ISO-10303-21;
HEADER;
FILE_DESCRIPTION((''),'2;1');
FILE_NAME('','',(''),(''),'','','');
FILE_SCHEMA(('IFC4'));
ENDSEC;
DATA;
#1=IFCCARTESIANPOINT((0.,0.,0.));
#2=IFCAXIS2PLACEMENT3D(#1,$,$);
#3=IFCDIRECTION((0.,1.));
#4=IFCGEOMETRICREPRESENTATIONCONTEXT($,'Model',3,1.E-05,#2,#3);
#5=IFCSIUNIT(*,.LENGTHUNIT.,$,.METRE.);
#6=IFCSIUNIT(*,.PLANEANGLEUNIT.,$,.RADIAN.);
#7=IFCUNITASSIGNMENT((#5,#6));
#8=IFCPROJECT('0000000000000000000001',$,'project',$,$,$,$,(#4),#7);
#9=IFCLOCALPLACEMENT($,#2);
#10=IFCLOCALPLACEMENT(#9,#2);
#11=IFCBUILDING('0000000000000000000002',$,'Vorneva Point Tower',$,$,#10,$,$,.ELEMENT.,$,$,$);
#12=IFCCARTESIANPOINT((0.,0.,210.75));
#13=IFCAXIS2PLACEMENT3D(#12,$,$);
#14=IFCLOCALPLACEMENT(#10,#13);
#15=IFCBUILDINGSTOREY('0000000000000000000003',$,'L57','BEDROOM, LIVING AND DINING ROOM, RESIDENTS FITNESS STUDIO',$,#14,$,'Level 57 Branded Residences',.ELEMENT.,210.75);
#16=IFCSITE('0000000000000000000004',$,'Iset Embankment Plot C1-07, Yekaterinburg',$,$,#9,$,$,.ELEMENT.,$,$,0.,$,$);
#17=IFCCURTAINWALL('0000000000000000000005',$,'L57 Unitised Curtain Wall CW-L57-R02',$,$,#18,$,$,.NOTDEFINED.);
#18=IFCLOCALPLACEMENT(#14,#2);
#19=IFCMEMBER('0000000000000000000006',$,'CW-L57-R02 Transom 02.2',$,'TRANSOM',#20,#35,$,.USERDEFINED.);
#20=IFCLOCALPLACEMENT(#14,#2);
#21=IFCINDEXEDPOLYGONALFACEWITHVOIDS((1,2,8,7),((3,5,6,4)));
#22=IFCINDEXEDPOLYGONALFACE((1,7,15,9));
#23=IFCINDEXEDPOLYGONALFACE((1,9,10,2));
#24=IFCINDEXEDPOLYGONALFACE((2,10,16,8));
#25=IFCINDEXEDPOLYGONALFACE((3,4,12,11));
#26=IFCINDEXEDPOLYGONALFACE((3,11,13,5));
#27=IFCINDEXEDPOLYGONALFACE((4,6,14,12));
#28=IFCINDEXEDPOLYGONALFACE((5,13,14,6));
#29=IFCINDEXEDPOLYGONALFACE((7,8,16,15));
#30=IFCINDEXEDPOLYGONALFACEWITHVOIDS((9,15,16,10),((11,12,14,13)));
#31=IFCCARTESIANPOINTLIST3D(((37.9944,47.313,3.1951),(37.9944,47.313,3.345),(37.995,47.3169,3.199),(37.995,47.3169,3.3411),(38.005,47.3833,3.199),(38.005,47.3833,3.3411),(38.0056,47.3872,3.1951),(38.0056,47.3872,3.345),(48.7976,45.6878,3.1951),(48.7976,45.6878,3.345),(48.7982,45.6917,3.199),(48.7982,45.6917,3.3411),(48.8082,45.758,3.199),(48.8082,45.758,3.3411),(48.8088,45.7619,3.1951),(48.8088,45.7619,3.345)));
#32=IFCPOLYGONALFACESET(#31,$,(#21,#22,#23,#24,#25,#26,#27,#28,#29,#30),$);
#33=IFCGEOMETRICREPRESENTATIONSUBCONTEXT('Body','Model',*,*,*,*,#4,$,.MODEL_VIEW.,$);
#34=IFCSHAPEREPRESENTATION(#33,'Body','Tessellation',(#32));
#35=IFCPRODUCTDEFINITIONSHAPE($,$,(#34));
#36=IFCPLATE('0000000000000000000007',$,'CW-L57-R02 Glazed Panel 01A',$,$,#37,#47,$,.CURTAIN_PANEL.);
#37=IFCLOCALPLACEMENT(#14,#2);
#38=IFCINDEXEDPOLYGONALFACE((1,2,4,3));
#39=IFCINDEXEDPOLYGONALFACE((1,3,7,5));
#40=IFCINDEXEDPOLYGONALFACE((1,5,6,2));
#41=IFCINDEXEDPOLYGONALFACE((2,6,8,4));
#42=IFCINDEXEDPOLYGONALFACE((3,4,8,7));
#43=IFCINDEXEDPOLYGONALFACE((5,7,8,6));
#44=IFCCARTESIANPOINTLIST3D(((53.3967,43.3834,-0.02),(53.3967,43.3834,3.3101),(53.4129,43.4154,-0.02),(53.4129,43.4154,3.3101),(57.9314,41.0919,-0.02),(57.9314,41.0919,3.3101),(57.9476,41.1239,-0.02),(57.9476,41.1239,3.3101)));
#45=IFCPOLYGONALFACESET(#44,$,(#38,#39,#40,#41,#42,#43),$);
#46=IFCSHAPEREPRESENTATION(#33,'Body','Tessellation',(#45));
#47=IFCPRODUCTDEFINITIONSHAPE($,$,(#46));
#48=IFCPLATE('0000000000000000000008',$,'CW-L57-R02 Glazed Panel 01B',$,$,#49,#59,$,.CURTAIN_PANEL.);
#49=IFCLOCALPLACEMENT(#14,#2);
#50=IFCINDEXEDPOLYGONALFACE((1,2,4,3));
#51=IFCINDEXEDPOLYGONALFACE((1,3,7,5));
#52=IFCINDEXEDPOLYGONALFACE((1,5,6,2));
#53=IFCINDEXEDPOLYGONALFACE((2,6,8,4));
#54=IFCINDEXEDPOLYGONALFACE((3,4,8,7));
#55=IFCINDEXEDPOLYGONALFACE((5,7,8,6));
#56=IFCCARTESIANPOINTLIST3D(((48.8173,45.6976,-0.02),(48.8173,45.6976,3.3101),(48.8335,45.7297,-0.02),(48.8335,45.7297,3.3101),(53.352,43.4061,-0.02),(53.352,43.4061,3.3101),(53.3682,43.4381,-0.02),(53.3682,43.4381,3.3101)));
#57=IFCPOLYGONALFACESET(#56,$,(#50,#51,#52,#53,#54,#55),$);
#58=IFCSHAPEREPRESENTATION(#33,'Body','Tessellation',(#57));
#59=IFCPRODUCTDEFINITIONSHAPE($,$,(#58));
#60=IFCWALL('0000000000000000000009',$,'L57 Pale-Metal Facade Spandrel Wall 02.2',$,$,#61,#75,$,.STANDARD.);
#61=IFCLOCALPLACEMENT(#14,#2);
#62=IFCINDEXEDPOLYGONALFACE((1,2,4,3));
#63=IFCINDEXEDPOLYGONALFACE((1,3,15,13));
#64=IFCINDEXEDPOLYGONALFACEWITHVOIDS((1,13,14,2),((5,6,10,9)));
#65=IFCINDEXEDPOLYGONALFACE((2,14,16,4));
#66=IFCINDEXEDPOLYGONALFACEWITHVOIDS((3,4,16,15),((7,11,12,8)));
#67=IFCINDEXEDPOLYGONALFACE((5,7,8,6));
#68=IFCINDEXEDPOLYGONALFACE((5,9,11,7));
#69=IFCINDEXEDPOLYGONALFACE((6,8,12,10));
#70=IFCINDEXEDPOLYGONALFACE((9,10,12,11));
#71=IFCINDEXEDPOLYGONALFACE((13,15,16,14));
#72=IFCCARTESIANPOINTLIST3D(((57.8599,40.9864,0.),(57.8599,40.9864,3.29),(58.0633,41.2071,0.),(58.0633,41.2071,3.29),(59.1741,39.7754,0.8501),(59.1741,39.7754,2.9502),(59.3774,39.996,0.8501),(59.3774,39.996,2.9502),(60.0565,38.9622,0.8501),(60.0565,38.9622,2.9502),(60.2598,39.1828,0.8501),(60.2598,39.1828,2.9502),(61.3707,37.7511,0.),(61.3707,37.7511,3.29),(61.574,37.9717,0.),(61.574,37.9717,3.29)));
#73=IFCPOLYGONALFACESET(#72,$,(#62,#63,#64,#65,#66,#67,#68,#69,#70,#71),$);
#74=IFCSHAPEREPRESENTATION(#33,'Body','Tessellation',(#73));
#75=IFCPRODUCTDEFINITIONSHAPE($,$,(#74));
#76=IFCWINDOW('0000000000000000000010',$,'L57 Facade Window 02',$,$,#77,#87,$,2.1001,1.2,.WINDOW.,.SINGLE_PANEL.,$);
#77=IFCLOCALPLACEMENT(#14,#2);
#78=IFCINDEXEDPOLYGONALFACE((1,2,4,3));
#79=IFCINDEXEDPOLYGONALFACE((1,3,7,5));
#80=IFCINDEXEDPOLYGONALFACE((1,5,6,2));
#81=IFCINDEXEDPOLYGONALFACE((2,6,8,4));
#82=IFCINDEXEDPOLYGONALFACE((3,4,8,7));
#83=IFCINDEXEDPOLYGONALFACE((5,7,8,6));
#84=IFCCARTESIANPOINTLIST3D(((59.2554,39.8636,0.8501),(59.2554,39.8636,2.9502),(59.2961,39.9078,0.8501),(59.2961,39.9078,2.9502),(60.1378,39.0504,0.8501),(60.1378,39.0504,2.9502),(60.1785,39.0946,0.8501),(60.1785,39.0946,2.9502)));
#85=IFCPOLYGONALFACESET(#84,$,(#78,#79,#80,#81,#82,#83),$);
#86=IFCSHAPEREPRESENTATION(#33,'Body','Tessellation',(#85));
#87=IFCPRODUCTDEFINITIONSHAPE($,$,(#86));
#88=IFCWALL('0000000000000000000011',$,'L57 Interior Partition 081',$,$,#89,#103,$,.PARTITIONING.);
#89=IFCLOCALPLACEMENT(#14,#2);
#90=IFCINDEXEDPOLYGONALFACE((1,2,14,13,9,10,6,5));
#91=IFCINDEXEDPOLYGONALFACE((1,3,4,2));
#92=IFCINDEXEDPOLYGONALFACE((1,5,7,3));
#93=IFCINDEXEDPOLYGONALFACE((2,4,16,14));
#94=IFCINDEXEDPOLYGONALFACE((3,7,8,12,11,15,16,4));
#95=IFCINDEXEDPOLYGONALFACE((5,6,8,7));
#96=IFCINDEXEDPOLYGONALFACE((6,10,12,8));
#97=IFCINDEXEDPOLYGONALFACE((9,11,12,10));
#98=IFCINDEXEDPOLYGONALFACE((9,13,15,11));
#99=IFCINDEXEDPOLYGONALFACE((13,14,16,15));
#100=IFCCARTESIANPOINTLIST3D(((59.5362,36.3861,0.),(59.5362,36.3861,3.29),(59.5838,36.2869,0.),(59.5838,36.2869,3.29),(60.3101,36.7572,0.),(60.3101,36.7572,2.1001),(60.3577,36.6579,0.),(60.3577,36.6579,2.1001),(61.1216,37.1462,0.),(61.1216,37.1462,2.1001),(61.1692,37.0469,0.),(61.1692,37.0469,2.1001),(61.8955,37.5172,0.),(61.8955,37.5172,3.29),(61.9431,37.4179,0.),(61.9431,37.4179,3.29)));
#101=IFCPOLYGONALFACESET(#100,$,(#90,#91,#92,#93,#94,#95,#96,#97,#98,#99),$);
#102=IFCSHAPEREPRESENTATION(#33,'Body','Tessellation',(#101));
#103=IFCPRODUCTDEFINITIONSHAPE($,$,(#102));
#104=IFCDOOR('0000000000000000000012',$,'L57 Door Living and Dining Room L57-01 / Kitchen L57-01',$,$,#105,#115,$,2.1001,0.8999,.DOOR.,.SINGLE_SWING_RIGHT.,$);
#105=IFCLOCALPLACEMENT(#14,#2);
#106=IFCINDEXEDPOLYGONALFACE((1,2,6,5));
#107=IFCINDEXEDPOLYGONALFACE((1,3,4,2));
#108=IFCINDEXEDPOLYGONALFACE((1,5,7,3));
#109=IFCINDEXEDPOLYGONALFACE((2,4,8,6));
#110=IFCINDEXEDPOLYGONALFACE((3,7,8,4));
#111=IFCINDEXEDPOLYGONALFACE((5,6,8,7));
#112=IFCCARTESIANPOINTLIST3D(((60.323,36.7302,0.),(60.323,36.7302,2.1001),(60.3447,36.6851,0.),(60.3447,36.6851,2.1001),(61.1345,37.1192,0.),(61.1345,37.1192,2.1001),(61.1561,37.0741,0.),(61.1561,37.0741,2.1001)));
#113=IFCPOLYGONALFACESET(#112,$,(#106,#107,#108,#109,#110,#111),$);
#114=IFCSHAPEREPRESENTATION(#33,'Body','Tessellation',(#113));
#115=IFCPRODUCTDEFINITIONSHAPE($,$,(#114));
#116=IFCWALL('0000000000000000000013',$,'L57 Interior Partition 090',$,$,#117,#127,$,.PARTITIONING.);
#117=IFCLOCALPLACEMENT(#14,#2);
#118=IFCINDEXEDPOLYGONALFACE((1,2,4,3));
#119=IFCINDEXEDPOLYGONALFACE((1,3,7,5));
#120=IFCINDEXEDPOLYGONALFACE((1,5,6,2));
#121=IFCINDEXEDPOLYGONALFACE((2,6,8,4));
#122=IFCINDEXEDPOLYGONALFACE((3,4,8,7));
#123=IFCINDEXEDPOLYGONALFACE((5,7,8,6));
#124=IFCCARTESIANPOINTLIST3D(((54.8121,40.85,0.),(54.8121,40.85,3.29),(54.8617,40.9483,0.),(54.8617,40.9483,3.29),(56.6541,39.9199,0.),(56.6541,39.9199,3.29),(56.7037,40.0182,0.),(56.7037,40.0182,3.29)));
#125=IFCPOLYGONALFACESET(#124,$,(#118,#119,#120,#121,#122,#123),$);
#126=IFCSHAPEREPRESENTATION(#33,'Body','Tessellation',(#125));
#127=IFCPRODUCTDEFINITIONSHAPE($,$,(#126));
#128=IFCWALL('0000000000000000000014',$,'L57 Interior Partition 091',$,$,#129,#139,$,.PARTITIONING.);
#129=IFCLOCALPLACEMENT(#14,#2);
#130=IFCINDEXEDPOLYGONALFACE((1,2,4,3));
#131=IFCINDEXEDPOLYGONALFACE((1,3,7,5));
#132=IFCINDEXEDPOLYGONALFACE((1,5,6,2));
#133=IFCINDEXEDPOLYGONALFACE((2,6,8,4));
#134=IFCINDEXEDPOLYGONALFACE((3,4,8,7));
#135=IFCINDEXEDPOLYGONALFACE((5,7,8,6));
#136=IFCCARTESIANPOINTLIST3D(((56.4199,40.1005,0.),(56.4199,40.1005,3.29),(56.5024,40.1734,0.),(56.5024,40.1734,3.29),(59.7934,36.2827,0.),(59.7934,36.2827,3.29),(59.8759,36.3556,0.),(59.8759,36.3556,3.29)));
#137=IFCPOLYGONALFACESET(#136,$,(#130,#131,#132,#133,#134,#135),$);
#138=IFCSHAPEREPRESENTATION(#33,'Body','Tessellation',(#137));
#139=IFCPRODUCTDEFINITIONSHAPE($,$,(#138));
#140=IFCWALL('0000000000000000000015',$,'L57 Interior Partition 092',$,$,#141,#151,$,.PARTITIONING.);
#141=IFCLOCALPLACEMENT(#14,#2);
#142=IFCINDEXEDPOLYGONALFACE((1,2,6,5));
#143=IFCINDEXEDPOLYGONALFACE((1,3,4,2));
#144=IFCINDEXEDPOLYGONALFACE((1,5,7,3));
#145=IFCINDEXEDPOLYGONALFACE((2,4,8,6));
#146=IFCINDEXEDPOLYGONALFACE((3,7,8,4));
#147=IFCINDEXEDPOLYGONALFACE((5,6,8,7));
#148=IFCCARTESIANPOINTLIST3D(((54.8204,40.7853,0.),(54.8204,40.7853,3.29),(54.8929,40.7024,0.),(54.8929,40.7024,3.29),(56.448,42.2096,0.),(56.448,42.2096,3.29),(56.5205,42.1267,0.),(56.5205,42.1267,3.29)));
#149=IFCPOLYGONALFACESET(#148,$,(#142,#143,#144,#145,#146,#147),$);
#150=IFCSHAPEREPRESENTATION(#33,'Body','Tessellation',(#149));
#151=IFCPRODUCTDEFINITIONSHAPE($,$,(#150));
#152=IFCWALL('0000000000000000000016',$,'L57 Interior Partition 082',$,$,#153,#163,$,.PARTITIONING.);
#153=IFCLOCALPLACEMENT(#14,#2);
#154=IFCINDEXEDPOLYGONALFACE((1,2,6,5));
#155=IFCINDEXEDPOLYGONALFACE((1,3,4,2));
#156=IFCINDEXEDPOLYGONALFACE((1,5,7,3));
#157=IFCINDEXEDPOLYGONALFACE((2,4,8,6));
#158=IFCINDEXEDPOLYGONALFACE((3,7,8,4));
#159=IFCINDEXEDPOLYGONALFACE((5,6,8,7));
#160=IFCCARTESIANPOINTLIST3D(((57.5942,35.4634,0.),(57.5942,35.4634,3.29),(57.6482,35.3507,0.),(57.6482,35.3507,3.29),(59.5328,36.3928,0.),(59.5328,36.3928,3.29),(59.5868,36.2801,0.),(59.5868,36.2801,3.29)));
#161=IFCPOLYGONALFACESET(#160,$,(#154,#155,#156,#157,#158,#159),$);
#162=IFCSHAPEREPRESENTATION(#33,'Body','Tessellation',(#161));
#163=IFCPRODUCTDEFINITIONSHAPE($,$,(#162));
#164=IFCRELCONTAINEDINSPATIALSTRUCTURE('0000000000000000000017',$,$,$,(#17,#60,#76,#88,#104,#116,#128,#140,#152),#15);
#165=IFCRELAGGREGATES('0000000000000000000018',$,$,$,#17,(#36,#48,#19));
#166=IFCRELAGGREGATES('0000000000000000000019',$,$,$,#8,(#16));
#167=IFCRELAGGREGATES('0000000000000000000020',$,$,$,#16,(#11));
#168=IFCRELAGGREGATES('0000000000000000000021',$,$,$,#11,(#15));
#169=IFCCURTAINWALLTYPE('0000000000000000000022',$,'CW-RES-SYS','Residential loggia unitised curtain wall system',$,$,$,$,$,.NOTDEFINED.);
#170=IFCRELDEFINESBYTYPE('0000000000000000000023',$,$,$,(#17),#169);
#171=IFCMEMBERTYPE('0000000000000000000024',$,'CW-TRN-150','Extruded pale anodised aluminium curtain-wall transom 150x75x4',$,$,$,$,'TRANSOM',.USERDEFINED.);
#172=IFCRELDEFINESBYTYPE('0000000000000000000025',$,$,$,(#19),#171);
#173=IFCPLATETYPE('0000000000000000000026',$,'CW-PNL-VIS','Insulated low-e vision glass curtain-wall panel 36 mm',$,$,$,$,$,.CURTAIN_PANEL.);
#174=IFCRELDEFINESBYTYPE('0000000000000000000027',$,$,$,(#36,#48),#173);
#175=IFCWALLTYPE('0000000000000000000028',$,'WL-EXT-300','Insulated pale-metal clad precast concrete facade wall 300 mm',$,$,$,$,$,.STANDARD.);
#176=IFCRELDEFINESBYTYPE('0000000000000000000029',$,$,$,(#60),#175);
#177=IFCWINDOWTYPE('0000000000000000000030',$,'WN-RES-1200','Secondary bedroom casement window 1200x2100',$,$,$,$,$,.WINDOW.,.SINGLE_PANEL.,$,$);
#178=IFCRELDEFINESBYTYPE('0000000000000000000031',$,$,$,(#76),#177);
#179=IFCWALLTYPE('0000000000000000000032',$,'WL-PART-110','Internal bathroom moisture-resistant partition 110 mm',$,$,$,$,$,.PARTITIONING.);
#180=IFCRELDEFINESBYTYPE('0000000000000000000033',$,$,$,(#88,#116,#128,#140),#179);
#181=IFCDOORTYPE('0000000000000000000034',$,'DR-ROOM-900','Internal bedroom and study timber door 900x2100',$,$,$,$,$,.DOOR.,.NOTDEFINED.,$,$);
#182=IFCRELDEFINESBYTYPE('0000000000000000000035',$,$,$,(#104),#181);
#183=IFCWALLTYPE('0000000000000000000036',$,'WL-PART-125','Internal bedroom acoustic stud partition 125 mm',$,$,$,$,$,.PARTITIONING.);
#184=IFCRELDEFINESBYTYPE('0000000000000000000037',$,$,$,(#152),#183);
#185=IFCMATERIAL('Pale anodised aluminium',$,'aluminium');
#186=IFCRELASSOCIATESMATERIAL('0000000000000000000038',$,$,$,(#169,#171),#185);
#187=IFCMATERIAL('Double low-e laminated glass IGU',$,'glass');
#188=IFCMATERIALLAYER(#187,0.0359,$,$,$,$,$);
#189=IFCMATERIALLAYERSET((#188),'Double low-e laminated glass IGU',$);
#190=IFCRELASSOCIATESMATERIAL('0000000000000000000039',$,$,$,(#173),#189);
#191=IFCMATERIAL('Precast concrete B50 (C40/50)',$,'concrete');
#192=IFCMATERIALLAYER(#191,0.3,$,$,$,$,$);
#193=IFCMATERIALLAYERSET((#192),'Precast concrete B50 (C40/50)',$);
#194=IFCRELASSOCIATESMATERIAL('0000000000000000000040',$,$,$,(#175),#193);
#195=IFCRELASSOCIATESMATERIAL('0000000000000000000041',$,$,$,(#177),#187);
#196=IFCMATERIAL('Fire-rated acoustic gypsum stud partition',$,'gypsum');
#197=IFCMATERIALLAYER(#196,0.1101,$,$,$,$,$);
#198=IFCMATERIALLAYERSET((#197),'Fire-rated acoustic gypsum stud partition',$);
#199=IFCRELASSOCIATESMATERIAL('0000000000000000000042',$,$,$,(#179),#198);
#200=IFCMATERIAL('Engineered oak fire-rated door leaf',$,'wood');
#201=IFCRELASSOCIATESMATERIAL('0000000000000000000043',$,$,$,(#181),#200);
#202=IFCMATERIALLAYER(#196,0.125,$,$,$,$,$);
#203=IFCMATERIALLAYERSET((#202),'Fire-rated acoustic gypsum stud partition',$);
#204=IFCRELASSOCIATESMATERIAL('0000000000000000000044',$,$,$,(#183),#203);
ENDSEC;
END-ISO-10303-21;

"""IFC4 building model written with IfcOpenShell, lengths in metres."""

from ifc_helpers import new_model, si_unit, direction, frame, frame_2d, origin, origin_2d, place, context, subcontext, project, spatial, rectangle, hollow_rectangle, extrude, material, layer, layer_set, material_profile, profile_set, type_object, element, fill, aggregate, save


model = new_model("IFC4")

# Units and contexts
model_context = context("Model", 3, precision=1e-05, world=origin(), true_north=direction((0.0, 1.0)))
body_context = subcontext(model_context, "Body", "Model", "MODEL_VIEW")
ifc_project = project(units=[si_unit("LENGTHUNIT", "METRE"), si_unit("PLANEANGLEUNIT", "RADIAN")], contexts=[model_context])

# Site, building, storey
site_placement = place(None, origin())
site = spatial("IfcSite", under=ifc_project, at=site_placement, Name="Iset Embankment Plot C1-07, Yekaterinburg", CompositionType="ELEMENT", RefElevation=0.0)
building_placement = place(site_placement, origin())
building = spatial("IfcBuilding", under=site, at=building_placement, Name="Vorneva Point Tower", CompositionType="ELEMENT")
storey_placement = place(building_placement, frame((0.0, 0.0, 210.75)))
storey = spatial("IfcBuildingStorey", under=building, at=storey_placement, Name="L57", Description="BEDROOM, LIVING AND DINING ROOM, RESIDENTS FITNESS STUDIO", LongName="Level 57 Branded Residences", CompositionType="ELEMENT", Elevation=210.75)

# Curtain wall, member, plates
ifc_material_1 = material(Name="Pale anodised aluminium", Category="aluminium")
curtain_wall_type = type_object("IfcCurtainWallType", Name="CW-RES-SYS", Description="Residential loggia unitised curtain wall system", PredefinedType="NOTDEFINED", material=ifc_material_1)
curtain_wall_placement = place(storey_placement, origin())
curtain_wall = element("IfcCurtainWall", 1, at=curtain_wall_placement, inside=storey, type_object=curtain_wall_type, Name="L57 Unitised Curtain Wall CW-L57-R02", PredefinedType="NOTDEFINED")
ifc_material_profile_1 = material_profile(ifc_material_1, hollow_rectangle(XDim=0.075, YDim=0.1499, WallThickness=0.0039, at=origin_2d()), Name="AL-TRN 150x75x4")
ifc_profile_set_1 = profile_set([ifc_material_profile_1], Name="Pale anodised aluminium")
member_type_1 = type_object("IfcMemberType", Name="CW-TRN-150", Description="Extruded pale anodised aluminium curtain-wall transom 150x75x4", ElementType="TRANSOM", PredefinedType="USERDEFINED", material=ifc_profile_set_1)
member_1_placement = place(storey_placement, frame((48.8032, 45.7249, 3.27), z_axis=(-0.988872, 0.148767, 0.0), x_axis=(-0.148767, -0.988872, 0.0)))
member_1 = element("IfcMember", 2, at=member_1_placement, type_object=member_type_1, Name="CW-L57-R02 Transom 02.2", ObjectType="TRANSOM", PredefinedType="USERDEFINED", context=body_context, shape_type="SweptSolid", body=[
    extrude(hollow_rectangle(XDim=0.075, YDim=0.1499, WallThickness=0.0039, at=origin_2d()), origin(), (0.0, 0.0, 1.0), 10.9248),
])
ifc_material_2 = material(Name="Double low-e laminated glass IGU", Category="glass")
ifc_layer_1 = layer(ifc_material_2, 0.0359)
ifc_layer_set_1 = layer_set([ifc_layer_1], Name="Double low-e laminated glass IGU")
plate_type = type_object("IfcPlateType", Name="CW-PNL-VIS", Description="Insulated low-e vision glass curtain-wall panel 36 mm", PredefinedType="CURTAIN_PANEL", material=ifc_layer_set_1)
plate_1_placement = place(storey_placement, frame((55.6721, 42.2537, -0.02), z_axis=(0.0, 0.0, 1.0), x_axis=(-0.892515, 0.451018, 0.0)))
plate_1 = element("IfcPlate", 3, at=plate_1_placement, type_object=plate_type, Name="CW-L57-R02 Glazed Panel 01A", PredefinedType="CURTAIN_PANEL", context=body_context, shape_type="SweptSolid", body=[
    extrude(rectangle(XDim=5.0808, YDim=0.0359, at=origin_2d()), origin(), (0.0, 0.0, 1.0), 3.3301),
])
plate_2_placement = place(storey_placement, frame((51.0928, 44.5679, -0.02), z_axis=(0.0, 0.0, 1.0), x_axis=(-0.892515, 0.451018, 0.0)))
plate_2 = element("IfcPlate", 4, at=plate_2_placement, type_object=plate_type, Name="CW-L57-R02 Glazed Panel 01B", PredefinedType="CURTAIN_PANEL", context=body_context, shape_type="SweptSolid", body=[
    extrude(rectangle(XDim=5.0808, YDim=0.0359, at=origin_2d()), origin(), (0.0, 0.0, 1.0), 3.3301),
])
aggregate(curtain_wall, [plate_1, plate_2, member_1])

# Wall, opening, window
ifc_material_3 = material(Name="Precast concrete B50 (C40/50)", Category="concrete")
ifc_layer_2 = layer(ifc_material_3, 0.3)
ifc_layer_set_2 = layer_set([ifc_layer_2], Name="Precast concrete B50 (C40/50)")
wall_type_1 = type_object("IfcWallType", Name="WL-EXT-300", Description="Insulated pale-metal clad precast concrete facade wall 300 mm", PredefinedType="STANDARD", material=ifc_layer_set_2)
wall_1_placement = place(storey_placement, frame((61.4724, 37.8613, 0.0), z_axis=(0.0, 0.0, 1.0), x_axis=(-0.73536, 0.677677, 0.0)))
wall_1 = element("IfcWall", 5, at=wall_1_placement, inside=storey, type_object=wall_type_1, Name="L57 Pale-Metal Facade Spandrel Wall 02.2", PredefinedType="STANDARD", context=body_context, shape_type="SweptSolid", body=[
    extrude(rectangle(XDim=4.7742, YDim=0.3, at=frame_2d((2.3872, 0.0))), origin(), (0.0, 0.0, 1.0), 3.29),
])
opening_1_placement = place(wall_1_placement, frame((1.7871, 0.0, 0.8501)))
opening_1 = element("IfcOpeningElement", 6, at=opening_1_placement, cuts=wall_1, PredefinedType="OPENING", context=body_context, shape_type="SweptSolid", body=[
    extrude(rectangle(XDim=1.2, YDim=2.1001, at=frame_2d((0.6001, 1.05))), frame((0.0, 0.165, 0.0), z_axis=(0.0, -1.0, 0.0), x_axis=(1.0, 0.0, 0.0)), (0.0, 0.0, 1.0), 0.3298),
])
window_type = type_object("IfcWindowType", Name="WN-RES-1200", Description="Secondary bedroom casement window 1200x2100", PartitioningType="SINGLE_PANEL", PredefinedType="WINDOW", material=ifc_material_2)
window_placement = place(opening_1_placement, origin())
window = element("IfcWindow", 7, at=window_placement, inside=storey, type_object=window_type, Name="L57 Facade Window 02", OverallHeight=2.1001, OverallWidth=1.2, PartitioningType="SINGLE_PANEL", PredefinedType="WINDOW", context=body_context, shape_type="SweptSolid", body=[
    extrude(rectangle(XDim=1.2, YDim=2.1001, at=frame_2d((0.6001, 1.05))), frame((0.0, 0.03, 0.0), z_axis=(0.0, -1.0, 0.0), x_axis=(1.0, 0.0, 0.0)), (0.0, 0.0, 1.0), 0.0601),
])
fill(opening_1, window)

# Wall, opening, door
ifc_material_4 = material(Name="Fire-rated acoustic gypsum stud partition", Category="gypsum")
ifc_layer_3 = layer(ifc_material_4, 0.1101)
ifc_layer_set_3 = layer_set([ifc_layer_3], Name="Fire-rated acoustic gypsum stud partition")
wall_type_2 = type_object("IfcWallType", Name="WL-PART-110", Description="Internal bathroom moisture-resistant partition 110 mm", PredefinedType="PARTITIONING", material=ifc_layer_set_3)
wall_2_placement = place(storey_placement, frame((61.9192, 37.4675, 0.0), z_axis=(0.0, 0.0, 1.0), x_axis=(-0.901731, -0.432297, 0.0)))
wall_2 = element("IfcWall", 8, at=wall_2_placement, inside=storey, type_object=wall_type_2, Name="L57 Interior Partition 081", PredefinedType="PARTITIONING", context=body_context, shape_type="SweptSolid", body=[
    extrude(rectangle(XDim=2.6165, YDim=0.1101, at=frame_2d((1.3081, 0.0))), origin(), (0.0, 0.0, 1.0), 3.29),
])
opening_2_placement = place(wall_2_placement, frame((0.8582, 0.0, 0.0)))
opening_2 = element("IfcOpeningElement", 9, at=opening_2_placement, cuts=wall_2, PredefinedType="OPENING", context=body_context, shape_type="SweptSolid", body=[
    extrude(rectangle(XDim=0.8999, YDim=2.1001, at=frame_2d((0.45, 1.05))), frame((0.0, 0.0698, 0.0), z_axis=(0.0, -1.0, 0.0), x_axis=(1.0, 0.0, 0.0)), (0.0, 0.0, 1.0), 0.1399),
])
ifc_material_5 = material(Name="Engineered oak fire-rated door leaf", Category="wood")
door_type = type_object("IfcDoorType", Name="DR-ROOM-900", Description="Internal bedroom and study timber door 900x2100", OperationType="NOTDEFINED", PredefinedType="DOOR", material=ifc_material_5)
door_1_placement = place(opening_2_placement, origin())
door_1 = element("IfcDoor", 10, at=door_1_placement, inside=storey, type_object=door_type, Name="L57 Door Living and Dining Room L57-01 / Kitchen L57-01", OperationType="SINGLE_SWING_RIGHT", OverallHeight=2.1001, OverallWidth=0.8999, PredefinedType="DOOR", context=body_context, shape_type="SweptSolid", body=[
    extrude(rectangle(XDim=0.8999, YDim=2.1001, at=frame_2d((0.45, 1.05))), frame((0.0, 0.0249, 0.0), z_axis=(0.0, -1.0, 0.0), x_axis=(1.0, 0.0, 0.0)), (0.0, 0.0, 1.0), 0.05),
])
fill(opening_2, door_1)

# Walls
wall_3_placement = place(storey_placement, frame((54.8369, 40.8992, 0.0), z_axis=(0.0, 0.0, 1.0), x_axis=(0.892646, -0.450759, 0.0)))
element("IfcWall", 11, at=wall_3_placement, inside=storey, type_object=wall_type_2, Name="L57 Interior Partition 090", PredefinedType="PARTITIONING", context=body_context, shape_type="SweptSolid", body=[
    extrude(rectangle(XDim=2.0635, YDim=0.1101, at=frame_2d((1.0317, 0.0))), origin(), (0.0, 0.0, 1.0), 3.29),
])
wall_4_placement = place(storey_placement, frame((56.4612, 40.137, 0.0), z_axis=(0.0, 0.0, 1.0), x_axis=(0.662154, -0.749368, 0.0)))
element("IfcWall", 12, at=wall_4_placement, inside=storey, type_object=wall_type_2, Name="L57 Interior Partition 091", PredefinedType="PARTITIONING", context=body_context, shape_type="SweptSolid", body=[
    extrude(rectangle(XDim=5.0947, YDim=0.1101, at=frame_2d((2.5474, 0.0))), origin(), (0.0, 0.0, 1.0), 3.29),
])
wall_5_placement = place(storey_placement, frame((56.4844, 42.1682, 0.0), z_axis=(0.0, 0.0, 1.0), x_axis=(-0.752556, -0.658529, 0.0)))
element("IfcWall", 13, at=wall_5_placement, inside=storey, type_object=wall_type_2, Name="L57 Interior Partition 092", PredefinedType="PARTITIONING", context=body_context, shape_type="SweptSolid", body=[
    extrude(rectangle(XDim=2.1628, YDim=0.1101, at=frame_2d((1.0815, 0.0))), origin(), (0.0, 0.0, 1.0), 3.29),
])
ifc_layer_4 = layer(ifc_material_4, 0.125)
ifc_layer_set_4 = layer_set([ifc_layer_4], Name="Fire-rated acoustic gypsum stud partition")
wall_type_3 = type_object("IfcWallType", Name="WL-PART-125", Description="Internal bedroom acoustic stud partition 125 mm", PredefinedType="PARTITIONING", material=ifc_layer_set_4)
wall_6_placement = place(storey_placement, frame((59.5598, 36.3364, 0.0), z_axis=(0.0, 0.0, 1.0), x_axis=(-0.90173, -0.432299, 0.0)))
element("IfcWall", 14, at=wall_6_placement, inside=storey, type_object=wall_type_3, Name="L57 Interior Partition 082", PredefinedType="PARTITIONING", context=body_context, shape_type="SweptSolid", body=[
    extrude(rectangle(XDim=2.1499, YDim=0.125, at=frame_2d((1.075, 0.0))), origin(), (0.0, 0.0, 1.0), 3.29),
])

save(model, "model.ifc")
